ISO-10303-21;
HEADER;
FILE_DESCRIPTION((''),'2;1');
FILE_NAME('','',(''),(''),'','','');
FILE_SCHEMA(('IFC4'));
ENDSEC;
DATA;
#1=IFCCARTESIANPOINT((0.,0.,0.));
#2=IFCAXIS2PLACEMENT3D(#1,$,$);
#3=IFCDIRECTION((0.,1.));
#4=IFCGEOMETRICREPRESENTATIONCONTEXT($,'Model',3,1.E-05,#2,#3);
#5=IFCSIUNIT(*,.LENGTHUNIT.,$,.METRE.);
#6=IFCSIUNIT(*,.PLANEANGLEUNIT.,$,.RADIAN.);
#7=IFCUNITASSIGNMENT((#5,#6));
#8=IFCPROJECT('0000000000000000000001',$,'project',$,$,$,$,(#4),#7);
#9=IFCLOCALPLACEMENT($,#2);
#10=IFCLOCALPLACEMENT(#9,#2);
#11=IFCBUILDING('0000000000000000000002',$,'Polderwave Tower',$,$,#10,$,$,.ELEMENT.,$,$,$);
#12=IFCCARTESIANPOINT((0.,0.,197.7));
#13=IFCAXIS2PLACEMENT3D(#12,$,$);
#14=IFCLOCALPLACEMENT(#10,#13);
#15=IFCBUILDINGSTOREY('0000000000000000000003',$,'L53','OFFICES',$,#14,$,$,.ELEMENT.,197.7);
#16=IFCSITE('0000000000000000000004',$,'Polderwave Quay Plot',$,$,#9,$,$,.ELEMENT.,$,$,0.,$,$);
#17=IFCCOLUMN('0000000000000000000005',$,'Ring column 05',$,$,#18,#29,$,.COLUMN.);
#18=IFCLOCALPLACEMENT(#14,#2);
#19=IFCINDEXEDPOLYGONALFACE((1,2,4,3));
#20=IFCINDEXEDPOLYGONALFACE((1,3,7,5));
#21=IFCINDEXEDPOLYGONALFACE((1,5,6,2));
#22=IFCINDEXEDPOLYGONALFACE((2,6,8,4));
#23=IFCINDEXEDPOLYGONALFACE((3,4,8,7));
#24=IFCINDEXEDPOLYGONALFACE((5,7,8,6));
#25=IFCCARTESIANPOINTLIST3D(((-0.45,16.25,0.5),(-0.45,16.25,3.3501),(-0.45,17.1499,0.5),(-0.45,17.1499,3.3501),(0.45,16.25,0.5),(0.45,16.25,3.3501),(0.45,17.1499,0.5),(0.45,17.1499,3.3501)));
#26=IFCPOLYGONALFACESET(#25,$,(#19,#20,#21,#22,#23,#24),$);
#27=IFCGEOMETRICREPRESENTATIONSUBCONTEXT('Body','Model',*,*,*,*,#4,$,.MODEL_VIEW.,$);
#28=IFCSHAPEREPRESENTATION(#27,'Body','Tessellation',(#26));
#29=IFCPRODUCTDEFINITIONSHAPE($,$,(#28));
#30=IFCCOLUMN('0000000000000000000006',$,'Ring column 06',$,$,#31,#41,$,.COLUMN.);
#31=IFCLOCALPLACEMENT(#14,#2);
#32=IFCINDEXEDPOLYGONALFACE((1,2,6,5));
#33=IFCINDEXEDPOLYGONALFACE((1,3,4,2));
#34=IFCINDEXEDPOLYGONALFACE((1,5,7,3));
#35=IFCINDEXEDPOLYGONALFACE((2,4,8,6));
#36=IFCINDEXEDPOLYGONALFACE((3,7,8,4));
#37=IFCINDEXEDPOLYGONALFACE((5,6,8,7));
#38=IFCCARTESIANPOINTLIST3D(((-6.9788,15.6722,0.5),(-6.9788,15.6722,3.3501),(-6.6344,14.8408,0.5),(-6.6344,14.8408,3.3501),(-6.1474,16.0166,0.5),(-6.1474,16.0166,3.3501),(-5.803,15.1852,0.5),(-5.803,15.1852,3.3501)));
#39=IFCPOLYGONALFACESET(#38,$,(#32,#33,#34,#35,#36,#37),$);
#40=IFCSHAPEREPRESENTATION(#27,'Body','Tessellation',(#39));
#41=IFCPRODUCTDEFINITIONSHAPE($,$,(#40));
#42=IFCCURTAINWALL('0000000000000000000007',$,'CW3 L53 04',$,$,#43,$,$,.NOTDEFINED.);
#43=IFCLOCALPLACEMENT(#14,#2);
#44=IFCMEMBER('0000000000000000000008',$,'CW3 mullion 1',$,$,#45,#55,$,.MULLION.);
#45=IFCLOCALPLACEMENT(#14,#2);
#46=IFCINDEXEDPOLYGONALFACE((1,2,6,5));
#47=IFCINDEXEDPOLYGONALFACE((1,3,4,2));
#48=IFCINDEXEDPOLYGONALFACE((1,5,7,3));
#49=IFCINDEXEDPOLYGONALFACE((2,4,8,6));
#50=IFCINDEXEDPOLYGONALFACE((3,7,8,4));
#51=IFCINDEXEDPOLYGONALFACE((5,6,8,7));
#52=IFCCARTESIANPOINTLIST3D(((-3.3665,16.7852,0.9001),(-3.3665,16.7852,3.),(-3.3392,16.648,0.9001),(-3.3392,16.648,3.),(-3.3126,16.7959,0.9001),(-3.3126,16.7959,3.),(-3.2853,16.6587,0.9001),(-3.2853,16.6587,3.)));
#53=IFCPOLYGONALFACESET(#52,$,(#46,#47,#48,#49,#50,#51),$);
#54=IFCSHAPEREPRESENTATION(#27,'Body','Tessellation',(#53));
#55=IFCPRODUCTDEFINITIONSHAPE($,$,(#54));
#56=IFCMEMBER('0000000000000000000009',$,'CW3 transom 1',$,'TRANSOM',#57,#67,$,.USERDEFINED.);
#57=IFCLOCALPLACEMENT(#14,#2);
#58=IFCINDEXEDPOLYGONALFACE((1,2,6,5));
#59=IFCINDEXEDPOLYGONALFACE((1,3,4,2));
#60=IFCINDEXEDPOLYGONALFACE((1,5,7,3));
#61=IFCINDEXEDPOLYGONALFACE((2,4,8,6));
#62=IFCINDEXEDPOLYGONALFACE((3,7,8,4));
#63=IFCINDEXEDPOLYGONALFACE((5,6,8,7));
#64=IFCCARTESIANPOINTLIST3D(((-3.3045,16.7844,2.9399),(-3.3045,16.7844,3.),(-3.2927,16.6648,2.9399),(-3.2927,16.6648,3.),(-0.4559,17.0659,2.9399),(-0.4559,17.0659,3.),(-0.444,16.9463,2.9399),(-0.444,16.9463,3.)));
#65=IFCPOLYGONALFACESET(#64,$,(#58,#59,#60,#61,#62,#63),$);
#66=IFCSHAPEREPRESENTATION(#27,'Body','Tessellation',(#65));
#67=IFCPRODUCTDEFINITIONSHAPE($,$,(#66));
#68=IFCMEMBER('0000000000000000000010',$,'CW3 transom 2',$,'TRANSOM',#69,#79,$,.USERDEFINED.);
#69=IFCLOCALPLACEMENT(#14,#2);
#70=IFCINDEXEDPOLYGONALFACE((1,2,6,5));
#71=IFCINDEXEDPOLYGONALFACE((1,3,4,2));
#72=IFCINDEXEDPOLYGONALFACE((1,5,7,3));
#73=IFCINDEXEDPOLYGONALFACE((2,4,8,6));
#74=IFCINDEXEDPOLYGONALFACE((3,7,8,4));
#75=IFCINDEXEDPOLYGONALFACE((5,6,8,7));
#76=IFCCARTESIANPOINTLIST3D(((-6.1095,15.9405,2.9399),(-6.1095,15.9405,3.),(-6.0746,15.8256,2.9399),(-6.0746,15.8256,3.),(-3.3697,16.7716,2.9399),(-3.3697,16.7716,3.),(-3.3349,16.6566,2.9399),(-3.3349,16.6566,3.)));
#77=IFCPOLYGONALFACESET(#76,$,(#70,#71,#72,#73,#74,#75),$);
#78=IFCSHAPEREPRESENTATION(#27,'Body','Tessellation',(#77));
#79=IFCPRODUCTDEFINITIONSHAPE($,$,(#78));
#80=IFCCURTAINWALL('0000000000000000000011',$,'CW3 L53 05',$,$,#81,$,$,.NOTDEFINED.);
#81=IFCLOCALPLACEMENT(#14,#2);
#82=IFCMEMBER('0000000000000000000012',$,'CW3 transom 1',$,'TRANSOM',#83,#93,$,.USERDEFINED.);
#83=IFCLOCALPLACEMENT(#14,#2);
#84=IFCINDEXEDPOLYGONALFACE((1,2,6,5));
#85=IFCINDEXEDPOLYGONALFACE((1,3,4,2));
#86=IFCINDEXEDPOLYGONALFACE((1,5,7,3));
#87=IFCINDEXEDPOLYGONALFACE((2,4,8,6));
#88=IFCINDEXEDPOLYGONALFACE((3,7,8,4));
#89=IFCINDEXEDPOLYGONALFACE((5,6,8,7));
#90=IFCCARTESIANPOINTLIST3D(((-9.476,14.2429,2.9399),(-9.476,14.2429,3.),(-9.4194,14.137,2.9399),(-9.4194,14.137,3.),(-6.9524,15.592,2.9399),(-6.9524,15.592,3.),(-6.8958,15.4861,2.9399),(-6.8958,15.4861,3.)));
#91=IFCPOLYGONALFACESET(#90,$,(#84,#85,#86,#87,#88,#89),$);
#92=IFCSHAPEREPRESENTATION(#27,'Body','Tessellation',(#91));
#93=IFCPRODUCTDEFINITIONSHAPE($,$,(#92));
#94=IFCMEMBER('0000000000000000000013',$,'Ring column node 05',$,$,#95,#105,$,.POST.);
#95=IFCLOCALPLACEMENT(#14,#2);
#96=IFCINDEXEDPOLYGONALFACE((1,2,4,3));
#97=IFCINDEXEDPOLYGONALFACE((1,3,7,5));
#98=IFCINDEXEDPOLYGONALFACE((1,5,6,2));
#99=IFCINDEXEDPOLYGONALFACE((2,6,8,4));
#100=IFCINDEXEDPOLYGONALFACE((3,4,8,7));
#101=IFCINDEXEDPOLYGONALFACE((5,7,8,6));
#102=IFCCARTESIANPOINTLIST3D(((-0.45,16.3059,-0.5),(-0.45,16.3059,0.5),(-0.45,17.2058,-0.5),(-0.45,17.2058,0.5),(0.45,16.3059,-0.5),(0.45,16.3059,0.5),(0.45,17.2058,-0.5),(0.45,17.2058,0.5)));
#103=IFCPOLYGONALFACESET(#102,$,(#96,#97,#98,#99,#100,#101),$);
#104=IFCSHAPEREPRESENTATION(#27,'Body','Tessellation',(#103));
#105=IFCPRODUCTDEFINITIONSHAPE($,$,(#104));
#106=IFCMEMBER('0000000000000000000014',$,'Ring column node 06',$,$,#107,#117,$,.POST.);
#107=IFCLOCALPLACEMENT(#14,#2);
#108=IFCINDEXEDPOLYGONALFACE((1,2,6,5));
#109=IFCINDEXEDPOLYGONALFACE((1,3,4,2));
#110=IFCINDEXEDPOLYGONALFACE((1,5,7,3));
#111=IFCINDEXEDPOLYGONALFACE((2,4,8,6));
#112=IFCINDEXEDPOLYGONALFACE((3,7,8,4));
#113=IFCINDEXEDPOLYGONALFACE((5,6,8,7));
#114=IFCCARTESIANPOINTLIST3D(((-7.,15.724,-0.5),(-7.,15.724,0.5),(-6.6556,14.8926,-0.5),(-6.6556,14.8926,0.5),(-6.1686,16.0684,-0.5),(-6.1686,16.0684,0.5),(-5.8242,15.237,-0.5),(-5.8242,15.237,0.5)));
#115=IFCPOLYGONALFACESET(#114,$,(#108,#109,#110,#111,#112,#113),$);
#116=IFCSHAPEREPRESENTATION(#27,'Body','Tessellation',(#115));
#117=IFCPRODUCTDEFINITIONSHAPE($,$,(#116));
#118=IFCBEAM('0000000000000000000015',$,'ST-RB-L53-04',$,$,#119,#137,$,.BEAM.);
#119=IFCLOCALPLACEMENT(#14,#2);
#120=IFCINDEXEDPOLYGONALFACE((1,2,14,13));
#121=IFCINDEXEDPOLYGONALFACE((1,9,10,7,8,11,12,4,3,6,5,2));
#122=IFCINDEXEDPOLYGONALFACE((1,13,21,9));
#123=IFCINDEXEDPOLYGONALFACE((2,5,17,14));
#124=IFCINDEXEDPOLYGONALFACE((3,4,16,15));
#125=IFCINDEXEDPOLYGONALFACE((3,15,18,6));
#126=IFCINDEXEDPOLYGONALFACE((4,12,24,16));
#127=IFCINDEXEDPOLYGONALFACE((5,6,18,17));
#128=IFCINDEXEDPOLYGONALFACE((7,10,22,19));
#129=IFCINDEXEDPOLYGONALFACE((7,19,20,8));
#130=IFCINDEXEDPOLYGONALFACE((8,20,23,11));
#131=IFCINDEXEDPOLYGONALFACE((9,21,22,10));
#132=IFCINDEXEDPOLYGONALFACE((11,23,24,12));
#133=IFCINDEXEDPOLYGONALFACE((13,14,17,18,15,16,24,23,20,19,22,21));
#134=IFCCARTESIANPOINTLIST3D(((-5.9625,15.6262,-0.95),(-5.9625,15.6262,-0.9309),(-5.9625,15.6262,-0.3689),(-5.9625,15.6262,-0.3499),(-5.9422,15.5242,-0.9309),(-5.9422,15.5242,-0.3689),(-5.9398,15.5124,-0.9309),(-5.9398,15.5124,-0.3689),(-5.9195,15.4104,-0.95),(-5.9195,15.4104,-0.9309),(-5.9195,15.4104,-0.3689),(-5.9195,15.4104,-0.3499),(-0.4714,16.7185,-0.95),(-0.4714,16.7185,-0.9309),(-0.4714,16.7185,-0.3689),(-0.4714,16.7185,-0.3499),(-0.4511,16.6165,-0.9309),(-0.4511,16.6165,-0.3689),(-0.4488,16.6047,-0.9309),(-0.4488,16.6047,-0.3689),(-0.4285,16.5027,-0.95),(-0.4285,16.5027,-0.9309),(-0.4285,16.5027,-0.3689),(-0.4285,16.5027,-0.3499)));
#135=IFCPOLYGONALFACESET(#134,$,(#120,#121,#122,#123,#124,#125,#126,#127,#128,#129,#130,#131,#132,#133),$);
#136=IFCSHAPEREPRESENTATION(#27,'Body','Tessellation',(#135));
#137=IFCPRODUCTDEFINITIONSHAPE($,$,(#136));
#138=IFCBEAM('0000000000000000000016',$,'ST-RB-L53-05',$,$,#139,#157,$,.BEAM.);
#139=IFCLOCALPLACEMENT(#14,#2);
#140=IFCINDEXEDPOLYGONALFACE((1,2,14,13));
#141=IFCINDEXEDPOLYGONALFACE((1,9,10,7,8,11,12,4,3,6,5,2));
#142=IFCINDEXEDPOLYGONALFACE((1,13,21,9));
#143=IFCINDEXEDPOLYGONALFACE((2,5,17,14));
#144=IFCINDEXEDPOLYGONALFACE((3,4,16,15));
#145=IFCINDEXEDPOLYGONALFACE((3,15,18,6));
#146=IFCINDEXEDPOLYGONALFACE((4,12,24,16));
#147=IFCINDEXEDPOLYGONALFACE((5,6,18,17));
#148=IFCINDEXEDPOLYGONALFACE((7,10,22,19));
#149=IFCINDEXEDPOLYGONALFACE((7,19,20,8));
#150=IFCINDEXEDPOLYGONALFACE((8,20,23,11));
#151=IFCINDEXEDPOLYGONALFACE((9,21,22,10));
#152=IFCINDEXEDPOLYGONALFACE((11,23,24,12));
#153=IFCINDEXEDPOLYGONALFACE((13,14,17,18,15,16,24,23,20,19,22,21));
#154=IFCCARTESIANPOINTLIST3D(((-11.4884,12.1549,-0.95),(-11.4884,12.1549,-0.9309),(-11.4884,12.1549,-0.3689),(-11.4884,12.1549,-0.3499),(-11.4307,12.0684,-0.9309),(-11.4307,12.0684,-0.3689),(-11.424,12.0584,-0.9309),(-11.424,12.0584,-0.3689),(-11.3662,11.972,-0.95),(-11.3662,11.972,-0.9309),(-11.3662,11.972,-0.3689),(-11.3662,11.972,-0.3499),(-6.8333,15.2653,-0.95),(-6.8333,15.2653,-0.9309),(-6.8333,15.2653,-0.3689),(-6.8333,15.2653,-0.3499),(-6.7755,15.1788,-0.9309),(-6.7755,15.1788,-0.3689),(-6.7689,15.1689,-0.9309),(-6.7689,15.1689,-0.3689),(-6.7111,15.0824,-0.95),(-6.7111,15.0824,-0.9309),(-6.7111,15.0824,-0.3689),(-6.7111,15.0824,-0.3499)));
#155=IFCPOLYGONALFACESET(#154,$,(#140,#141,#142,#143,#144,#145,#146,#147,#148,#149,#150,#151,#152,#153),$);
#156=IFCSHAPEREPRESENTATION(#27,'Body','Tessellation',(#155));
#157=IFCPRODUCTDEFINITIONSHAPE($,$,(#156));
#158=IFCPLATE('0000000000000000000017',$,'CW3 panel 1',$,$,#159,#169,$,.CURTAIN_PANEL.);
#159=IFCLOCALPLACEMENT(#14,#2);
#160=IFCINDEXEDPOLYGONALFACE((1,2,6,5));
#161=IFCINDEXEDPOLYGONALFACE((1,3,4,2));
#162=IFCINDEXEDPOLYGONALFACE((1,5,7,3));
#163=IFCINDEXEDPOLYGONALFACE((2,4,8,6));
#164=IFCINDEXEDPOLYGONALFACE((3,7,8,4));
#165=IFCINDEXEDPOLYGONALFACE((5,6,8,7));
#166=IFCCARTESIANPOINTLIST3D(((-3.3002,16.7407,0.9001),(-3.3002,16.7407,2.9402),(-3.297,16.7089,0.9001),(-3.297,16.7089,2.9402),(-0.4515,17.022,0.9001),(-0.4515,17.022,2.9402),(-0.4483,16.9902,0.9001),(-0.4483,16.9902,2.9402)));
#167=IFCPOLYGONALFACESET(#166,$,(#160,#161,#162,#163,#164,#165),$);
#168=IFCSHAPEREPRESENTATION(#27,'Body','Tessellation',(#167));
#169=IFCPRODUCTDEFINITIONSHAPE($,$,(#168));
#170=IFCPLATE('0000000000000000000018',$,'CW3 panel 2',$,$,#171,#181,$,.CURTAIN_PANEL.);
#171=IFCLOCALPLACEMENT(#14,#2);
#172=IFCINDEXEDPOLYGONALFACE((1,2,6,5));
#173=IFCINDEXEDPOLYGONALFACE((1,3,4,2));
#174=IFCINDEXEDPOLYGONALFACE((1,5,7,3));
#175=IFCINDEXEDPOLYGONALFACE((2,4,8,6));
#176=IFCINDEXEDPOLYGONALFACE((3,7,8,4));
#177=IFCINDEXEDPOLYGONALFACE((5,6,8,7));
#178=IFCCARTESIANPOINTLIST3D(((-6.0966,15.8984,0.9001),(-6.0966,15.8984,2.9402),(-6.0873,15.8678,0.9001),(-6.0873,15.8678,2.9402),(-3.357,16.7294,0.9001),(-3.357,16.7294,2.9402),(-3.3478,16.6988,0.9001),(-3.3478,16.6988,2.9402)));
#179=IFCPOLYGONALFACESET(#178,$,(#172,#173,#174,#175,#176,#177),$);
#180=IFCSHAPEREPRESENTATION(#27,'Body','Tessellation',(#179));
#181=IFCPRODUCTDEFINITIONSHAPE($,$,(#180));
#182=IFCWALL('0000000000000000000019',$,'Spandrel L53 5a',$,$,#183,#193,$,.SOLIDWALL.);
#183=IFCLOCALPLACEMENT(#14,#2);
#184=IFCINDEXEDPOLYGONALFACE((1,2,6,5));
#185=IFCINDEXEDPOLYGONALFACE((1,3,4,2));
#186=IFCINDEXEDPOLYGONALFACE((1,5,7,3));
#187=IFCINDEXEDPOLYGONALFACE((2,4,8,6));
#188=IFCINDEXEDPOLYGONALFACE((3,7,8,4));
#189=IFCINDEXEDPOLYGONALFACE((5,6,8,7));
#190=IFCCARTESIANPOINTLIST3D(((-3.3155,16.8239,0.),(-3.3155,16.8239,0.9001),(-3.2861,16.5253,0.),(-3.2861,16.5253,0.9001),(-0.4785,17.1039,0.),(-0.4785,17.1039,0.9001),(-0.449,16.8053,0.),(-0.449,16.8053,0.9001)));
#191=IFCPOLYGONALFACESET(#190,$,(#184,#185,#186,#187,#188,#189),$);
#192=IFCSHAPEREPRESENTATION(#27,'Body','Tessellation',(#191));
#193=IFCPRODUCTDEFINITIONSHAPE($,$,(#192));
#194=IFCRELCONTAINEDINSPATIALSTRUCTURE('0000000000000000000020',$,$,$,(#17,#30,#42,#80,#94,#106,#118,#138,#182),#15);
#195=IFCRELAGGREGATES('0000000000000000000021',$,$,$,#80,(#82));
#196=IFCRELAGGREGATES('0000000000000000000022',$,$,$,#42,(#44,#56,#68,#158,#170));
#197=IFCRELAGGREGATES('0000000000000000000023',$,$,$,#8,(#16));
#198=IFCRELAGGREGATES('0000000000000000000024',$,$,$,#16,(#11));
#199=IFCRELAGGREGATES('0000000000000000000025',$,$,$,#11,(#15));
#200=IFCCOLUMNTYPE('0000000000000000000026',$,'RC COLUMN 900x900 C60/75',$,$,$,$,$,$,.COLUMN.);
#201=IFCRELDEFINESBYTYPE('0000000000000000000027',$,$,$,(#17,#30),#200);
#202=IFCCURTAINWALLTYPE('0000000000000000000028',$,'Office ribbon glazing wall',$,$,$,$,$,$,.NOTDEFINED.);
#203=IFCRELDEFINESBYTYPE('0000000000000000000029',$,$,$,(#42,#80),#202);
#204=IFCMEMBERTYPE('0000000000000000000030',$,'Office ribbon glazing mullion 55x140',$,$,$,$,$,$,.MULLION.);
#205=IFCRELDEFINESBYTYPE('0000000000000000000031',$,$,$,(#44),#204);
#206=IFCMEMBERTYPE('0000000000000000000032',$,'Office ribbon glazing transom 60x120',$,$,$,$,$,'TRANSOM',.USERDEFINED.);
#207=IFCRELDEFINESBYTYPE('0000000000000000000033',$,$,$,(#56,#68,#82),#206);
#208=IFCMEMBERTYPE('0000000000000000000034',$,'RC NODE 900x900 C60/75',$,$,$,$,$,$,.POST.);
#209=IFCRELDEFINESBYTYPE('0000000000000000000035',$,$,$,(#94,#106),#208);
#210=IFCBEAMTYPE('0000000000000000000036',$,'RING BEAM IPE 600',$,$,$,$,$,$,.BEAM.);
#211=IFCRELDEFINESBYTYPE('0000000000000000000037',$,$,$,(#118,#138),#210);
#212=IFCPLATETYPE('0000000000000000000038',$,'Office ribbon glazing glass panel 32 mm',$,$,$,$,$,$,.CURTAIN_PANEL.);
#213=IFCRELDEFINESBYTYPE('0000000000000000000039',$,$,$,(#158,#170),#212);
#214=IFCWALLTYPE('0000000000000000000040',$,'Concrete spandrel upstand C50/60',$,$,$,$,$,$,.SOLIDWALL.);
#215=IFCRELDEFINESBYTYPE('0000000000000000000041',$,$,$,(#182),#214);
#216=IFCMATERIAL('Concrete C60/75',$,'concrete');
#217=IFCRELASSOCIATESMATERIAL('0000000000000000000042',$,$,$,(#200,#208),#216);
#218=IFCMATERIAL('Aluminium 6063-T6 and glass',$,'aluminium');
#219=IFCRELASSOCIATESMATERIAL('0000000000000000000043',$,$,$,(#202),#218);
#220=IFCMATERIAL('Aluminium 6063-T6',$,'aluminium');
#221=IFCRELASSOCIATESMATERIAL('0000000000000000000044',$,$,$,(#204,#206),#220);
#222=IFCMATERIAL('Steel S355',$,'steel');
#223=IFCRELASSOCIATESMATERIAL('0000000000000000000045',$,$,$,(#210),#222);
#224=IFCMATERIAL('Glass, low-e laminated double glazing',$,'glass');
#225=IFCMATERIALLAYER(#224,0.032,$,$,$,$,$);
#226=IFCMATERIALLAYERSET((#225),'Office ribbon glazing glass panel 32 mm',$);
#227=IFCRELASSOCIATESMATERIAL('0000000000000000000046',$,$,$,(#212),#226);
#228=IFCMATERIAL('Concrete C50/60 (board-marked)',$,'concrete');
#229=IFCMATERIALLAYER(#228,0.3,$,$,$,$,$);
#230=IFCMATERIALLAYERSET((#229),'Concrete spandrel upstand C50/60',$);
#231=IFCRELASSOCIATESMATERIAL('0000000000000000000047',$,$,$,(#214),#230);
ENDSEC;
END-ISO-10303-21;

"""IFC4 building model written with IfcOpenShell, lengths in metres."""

from ifc_helpers import new_model, si_unit, direction, frame, frame_2d, origin, origin_2d, place, context, subcontext, project, spatial, rectangle, i_section, extrude, material, layer, layer_set, material_profile, profile_set, type_object, element, aggregate, save


model = new_model("IFC4")

# Units and contexts
model_context = context("Model", 3, precision=1e-05, world=origin(), true_north=direction((0.0, 1.0)))
body_context = subcontext(model_context, "Body", "Model", "MODEL_VIEW")
ifc_project = project(units=[si_unit("LENGTHUNIT", "METRE"), si_unit("PLANEANGLEUNIT", "RADIAN")], contexts=[model_context])

# Site, building, storey
site_placement = place(None, origin())
site = spatial("IfcSite", under=ifc_project, at=site_placement, Name="Polderwave Quay Plot", CompositionType="ELEMENT", RefElevation=0.0)
building_placement = place(site_placement, origin())
building = spatial("IfcBuilding", under=site, at=building_placement, Name="Polderwave Tower", CompositionType="ELEMENT")
storey_placement = place(building_placement, frame((0.0, 0.0, 197.7)))
storey = spatial("IfcBuildingStorey", under=building, at=storey_placement, Name="L53", Description="OFFICES", CompositionType="ELEMENT", Elevation=197.7)

# Columns
ifc_material_1 = material(Name="Concrete C60/75", Category="concrete")
ifc_material_profile_1 = material_profile(ifc_material_1, rectangle(XDim=0.8999, YDim=0.8999, at=origin_2d()), Name="RC 900x900")
ifc_profile_set_1 = profile_set([ifc_material_profile_1], Name="Concrete C60/75")
column_type = type_object("IfcColumnType", Name="RC COLUMN 900x900 C60/75", PredefinedType="COLUMN", material=ifc_profile_set_1)
for number, where, z_axis, x_axis, name in (
    (1, (0.0, 16.7, 0.5), (0.0, 0.0, 1.0), (0.0, 1.0, 0.0), "Ring column 05"),
    (2, (-6.3909, 15.4287, 0.5), (0.0, 0.0, 1.0), (-0.382683, 0.92388, 0.0), "Ring column 06"),
):
    element("IfcColumn", number, at=place(storey_placement, frame(where, z_axis=z_axis, x_axis=x_axis)), inside=storey, type_object=column_type, Name=name, PredefinedType="COLUMN", context=body_context, shape_type="SweptSolid", body=[
        extrude(rectangle(XDim=0.8999, YDim=0.8999, at=origin_2d()), origin(), (0.0, 0.0, 1.0), 2.8501),
    ])

# Curtain wall, members
ifc_material_2 = material(Name="Aluminium 6063-T6 and glass", Category="aluminium")
curtain_wall_type = type_object("IfcCurtainWallType", Name="Office ribbon glazing wall", PredefinedType="NOTDEFINED", material=ifc_material_2)
curtain_wall_1_placement = place(storey_placement, origin())
curtain_wall_1 = element("IfcCurtainWall", 3, at=curtain_wall_1_placement, inside=storey, type_object=curtain_wall_type, Name="CW3 L53 04", PredefinedType="NOTDEFINED")
ifc_material_3 = material(Name="Aluminium 6063-T6", Category="aluminium")
ifc_material_profile_2 = material_profile(ifc_material_3, rectangle(XDim=0.1399, YDim=0.0549, at=origin_2d()), Name="AL 55x140")
ifc_profile_set_2 = profile_set([ifc_material_profile_2], Name="Aluminium 6063-T6")
member_type_1 = type_object("IfcMemberType", Name="Office ribbon glazing mullion 55x140", PredefinedType="MULLION", material=ifc_profile_set_2)
member_1_placement = place(storey_placement, frame((-3.3259, 16.7219, 0.9001), z_axis=(0.0, 0.0, 1.0), x_axis=(0.195205, -0.980762, 0.0)))
member_1 = element("IfcMember", 4, at=member_1_placement, type_object=member_type_1, Name="CW3 mullion 1", PredefinedType="MULLION", context=body_context, shape_type="SweptSolid", body=[
    extrude(rectangle(XDim=0.1399, YDim=0.0549, at=origin_2d()), origin(), (0.0, 0.0, 1.0), 2.0999),
])
ifc_material_profile_3 = material_profile(ifc_material_3, rectangle(XDim=0.1201, YDim=0.0601, at=origin_2d()), Name="AL 60x120")
ifc_profile_set_3 = profile_set([ifc_material_profile_3], Name="Aluminium 6063-T6")
member_type_2 = type_object("IfcMemberType", Name="Office ribbon glazing transom 60x120", ElementType="TRANSOM", PredefinedType="USERDEFINED", material=ifc_profile_set_3)
member_2_placement = place(storey_placement, frame((-0.45, 17.0061, 2.97), z_axis=(-0.995153, -0.098338, 0.0), x_axis=(0.098338, -0.995153, 0.0)))
member_2 = element("IfcMember", 5, at=member_2_placement, type_object=member_type_2, Name="CW3 transom 1", ObjectType="TRANSOM", PredefinedType="USERDEFINED", context=body_context, shape_type="SweptSolid", body=[
    extrude(rectangle(XDim=0.1201, YDim=0.0601, at=origin_2d()), origin(), (0.0, 0.0, 1.0), 2.8625),
])
member_3_placement = place(storey_placement, frame((-3.3523, 16.7141, 2.97), z_axis=(-0.956944, -0.290272, 0.0), x_axis=(0.290272, -0.956944, 0.0)))
member_3 = element("IfcMember", 6, at=member_3_placement, type_object=member_type_2, Name="CW3 transom 2", ObjectType="TRANSOM", PredefinedType="USERDEFINED", context=body_context, shape_type="SweptSolid", body=[
    extrude(rectangle(XDim=0.1201, YDim=0.0601, at=origin_2d()), origin(), (0.0, 0.0, 1.0), 2.863),
])

# Curtain wall, member
curtain_wall_2_placement = place(storey_placement, origin())
curtain_wall_2 = element("IfcCurtainWall", 7, at=curtain_wall_2_placement, inside=storey, type_object=curtain_wall_type, Name="CW3 L53 05", PredefinedType="NOTDEFINED")
member_4_placement = place(storey_placement, frame((-6.9241, 15.5391, 2.97), z_axis=(-0.881894, -0.471447, 0.0), x_axis=(0.471447, -0.881894, 0.0)))
member_4 = element("IfcMember", 8, at=member_4_placement, type_object=member_type_2, Name="CW3 transom 1", ObjectType="TRANSOM", PredefinedType="USERDEFINED", context=body_context, shape_type="SweptSolid", body=[
    extrude(rectangle(XDim=0.1201, YDim=0.0601, at=origin_2d()), origin(), (0.0, 0.0, 1.0), 2.8616),
])
aggregate(curtain_wall_2, [member_4])

# Members
ifc_material_profile_4 = material_profile(ifc_material_1, rectangle(XDim=0.8999, YDim=0.8999, at=origin_2d()), Name="RC 900x900")
ifc_profile_set_4 = profile_set([ifc_material_profile_4], Name="Concrete C60/75")
member_type_3 = type_object("IfcMemberType", Name="RC NODE 900x900 C60/75", PredefinedType="POST", material=ifc_profile_set_4)
for number, where, z_axis, x_axis, name in (
    (9, (0.0, 16.7559, -0.5), (0.0, 0.0, 1.0), (0.0, 1.0, 0.0), "Ring column node 05"),
    (10, (-6.4121, 15.4805, -0.5), (0.0, 0.0, 1.0), (-0.382683, 0.92388, 0.0), "Ring column node 06"),
):
    element("IfcMember", number, at=place(storey_placement, frame(where, z_axis=z_axis, x_axis=x_axis)), inside=storey, type_object=member_type_3, Name=name, PredefinedType="POST", context=body_context, shape_type="SweptSolid", body=[
        extrude(rectangle(XDim=0.8999, YDim=0.8999, at=origin_2d()), origin(), (0.0, 0.0, 1.0), 1.0),
    ])

# Beams
ifc_material_4 = material(Name="Steel S355", Category="steel")
ifc_material_profile_5 = material_profile(ifc_material_4, i_section(OverallWidth=0.22, OverallDepth=0.6001, WebThickness=0.012, FlangeThickness=0.019, at=origin_2d()), Name="IPE 600")
ifc_profile_set_5 = profile_set([ifc_material_profile_5], Name="Steel S355")
beam_type = type_object("IfcBeamType", Name="RING BEAM IPE 600", PredefinedType="BEAM", material=ifc_profile_set_5)
for number, where, z_axis, x_axis, name in (
    (11, (-0.45, 16.6106, -0.6499), (-0.980783, -0.195101, 0.0), (0.195101, -0.980783, 0.0), "ST-RB-L53-04"),
    (12, (-6.7722, 15.1738, -0.6499), (-0.831473, -0.555565, 0.0), (0.555565, -0.831473, 0.0), "ST-RB-L53-05"),
):
    element("IfcBeam", number, at=place(storey_placement, frame(where, z_axis=z_axis, x_axis=x_axis)), inside=storey, type_object=beam_type, Name=name, PredefinedType="BEAM", context=body_context, shape_type="SweptSolid", body=[
        extrude(i_section(OverallWidth=0.22, OverallDepth=0.6001, WebThickness=0.012, FlangeThickness=0.019, at=origin_2d()), origin(), (0.0, 0.0, 1.0), 5.5986),
    ])

# Plates
ifc_material_5 = material(Name="Glass, low-e laminated double glazing", Category="glass")
ifc_layer_1 = layer(ifc_material_5, 0.032)
ifc_layer_set_1 = layer_set([ifc_layer_1], Name="Office ribbon glazing glass panel 32 mm")
plate_type = type_object("IfcPlateType", Name="Office ribbon glazing glass panel 32 mm", PredefinedType="CURTAIN_PANEL", material=ifc_layer_set_1)
plate_1_placement = place(storey_placement, frame((-1.8743, 16.8655, 0.9001), z_axis=(0.0, 0.0, 1.0), x_axis=(-0.99516, -0.098271, 0.0)))
plate_1 = element("IfcPlate", 13, at=plate_1_placement, type_object=plate_type, Name="CW3 panel 1", PredefinedType="CURTAIN_PANEL", context=body_context, shape_type="SweptSolid", body=[
    extrude(rectangle(XDim=2.8625, YDim=0.032, at=origin_2d()), origin(), (0.0, 0.0, 1.0), 2.04),
])
plate_2_placement = place(storey_placement, frame((-4.7222, 16.2986, 0.9001), z_axis=(0.0, 0.0, 1.0), x_axis=(-0.956946, -0.290266, 0.0)))
plate_2 = element("IfcPlate", 14, at=plate_2_placement, type_object=plate_type, Name="CW3 panel 2", PredefinedType="CURTAIN_PANEL", context=body_context, shape_type="SweptSolid", body=[
    extrude(rectangle(XDim=2.8628, YDim=0.032, at=origin_2d()), origin(), (0.0, 0.0, 1.0), 2.04),
])
aggregate(curtain_wall_1, [member_1, member_2, member_3, plate_1, plate_2])

# Wall
ifc_material_6 = material(Name="Concrete C50/60 (board-marked)", Category="concrete")
ifc_layer_2 = layer(ifc_material_6, 0.3)
ifc_layer_set_2 = layer_set([ifc_layer_2], Name="Concrete spandrel upstand C50/60")
wall_type_1 = type_object("IfcWallType", Name="Concrete spandrel upstand C50/60", PredefinedType="SOLIDWALL", material=ifc_layer_set_2)
wall_1_placement = place(storey_placement, frame((-0.4639, 16.9546, 0.0), z_axis=(0.0, 0.0, 1.0), x_axis=(-0.995164, -0.098223, 0.0)))
element("IfcWall", 15, at=wall_1_placement, inside=storey, type_object=wall_type_1, Name="Spandrel L53 5a", PredefinedType="SOLIDWALL", context=body_context, shape_type="SweptSolid", body=[
    extrude(rectangle(XDim=2.8508, YDim=0.3, at=frame_2d((1.4253, 0.0))), origin(), (0.0, 0.0, 1.0), 0.9001),
])

save(model, "model.ifc")
